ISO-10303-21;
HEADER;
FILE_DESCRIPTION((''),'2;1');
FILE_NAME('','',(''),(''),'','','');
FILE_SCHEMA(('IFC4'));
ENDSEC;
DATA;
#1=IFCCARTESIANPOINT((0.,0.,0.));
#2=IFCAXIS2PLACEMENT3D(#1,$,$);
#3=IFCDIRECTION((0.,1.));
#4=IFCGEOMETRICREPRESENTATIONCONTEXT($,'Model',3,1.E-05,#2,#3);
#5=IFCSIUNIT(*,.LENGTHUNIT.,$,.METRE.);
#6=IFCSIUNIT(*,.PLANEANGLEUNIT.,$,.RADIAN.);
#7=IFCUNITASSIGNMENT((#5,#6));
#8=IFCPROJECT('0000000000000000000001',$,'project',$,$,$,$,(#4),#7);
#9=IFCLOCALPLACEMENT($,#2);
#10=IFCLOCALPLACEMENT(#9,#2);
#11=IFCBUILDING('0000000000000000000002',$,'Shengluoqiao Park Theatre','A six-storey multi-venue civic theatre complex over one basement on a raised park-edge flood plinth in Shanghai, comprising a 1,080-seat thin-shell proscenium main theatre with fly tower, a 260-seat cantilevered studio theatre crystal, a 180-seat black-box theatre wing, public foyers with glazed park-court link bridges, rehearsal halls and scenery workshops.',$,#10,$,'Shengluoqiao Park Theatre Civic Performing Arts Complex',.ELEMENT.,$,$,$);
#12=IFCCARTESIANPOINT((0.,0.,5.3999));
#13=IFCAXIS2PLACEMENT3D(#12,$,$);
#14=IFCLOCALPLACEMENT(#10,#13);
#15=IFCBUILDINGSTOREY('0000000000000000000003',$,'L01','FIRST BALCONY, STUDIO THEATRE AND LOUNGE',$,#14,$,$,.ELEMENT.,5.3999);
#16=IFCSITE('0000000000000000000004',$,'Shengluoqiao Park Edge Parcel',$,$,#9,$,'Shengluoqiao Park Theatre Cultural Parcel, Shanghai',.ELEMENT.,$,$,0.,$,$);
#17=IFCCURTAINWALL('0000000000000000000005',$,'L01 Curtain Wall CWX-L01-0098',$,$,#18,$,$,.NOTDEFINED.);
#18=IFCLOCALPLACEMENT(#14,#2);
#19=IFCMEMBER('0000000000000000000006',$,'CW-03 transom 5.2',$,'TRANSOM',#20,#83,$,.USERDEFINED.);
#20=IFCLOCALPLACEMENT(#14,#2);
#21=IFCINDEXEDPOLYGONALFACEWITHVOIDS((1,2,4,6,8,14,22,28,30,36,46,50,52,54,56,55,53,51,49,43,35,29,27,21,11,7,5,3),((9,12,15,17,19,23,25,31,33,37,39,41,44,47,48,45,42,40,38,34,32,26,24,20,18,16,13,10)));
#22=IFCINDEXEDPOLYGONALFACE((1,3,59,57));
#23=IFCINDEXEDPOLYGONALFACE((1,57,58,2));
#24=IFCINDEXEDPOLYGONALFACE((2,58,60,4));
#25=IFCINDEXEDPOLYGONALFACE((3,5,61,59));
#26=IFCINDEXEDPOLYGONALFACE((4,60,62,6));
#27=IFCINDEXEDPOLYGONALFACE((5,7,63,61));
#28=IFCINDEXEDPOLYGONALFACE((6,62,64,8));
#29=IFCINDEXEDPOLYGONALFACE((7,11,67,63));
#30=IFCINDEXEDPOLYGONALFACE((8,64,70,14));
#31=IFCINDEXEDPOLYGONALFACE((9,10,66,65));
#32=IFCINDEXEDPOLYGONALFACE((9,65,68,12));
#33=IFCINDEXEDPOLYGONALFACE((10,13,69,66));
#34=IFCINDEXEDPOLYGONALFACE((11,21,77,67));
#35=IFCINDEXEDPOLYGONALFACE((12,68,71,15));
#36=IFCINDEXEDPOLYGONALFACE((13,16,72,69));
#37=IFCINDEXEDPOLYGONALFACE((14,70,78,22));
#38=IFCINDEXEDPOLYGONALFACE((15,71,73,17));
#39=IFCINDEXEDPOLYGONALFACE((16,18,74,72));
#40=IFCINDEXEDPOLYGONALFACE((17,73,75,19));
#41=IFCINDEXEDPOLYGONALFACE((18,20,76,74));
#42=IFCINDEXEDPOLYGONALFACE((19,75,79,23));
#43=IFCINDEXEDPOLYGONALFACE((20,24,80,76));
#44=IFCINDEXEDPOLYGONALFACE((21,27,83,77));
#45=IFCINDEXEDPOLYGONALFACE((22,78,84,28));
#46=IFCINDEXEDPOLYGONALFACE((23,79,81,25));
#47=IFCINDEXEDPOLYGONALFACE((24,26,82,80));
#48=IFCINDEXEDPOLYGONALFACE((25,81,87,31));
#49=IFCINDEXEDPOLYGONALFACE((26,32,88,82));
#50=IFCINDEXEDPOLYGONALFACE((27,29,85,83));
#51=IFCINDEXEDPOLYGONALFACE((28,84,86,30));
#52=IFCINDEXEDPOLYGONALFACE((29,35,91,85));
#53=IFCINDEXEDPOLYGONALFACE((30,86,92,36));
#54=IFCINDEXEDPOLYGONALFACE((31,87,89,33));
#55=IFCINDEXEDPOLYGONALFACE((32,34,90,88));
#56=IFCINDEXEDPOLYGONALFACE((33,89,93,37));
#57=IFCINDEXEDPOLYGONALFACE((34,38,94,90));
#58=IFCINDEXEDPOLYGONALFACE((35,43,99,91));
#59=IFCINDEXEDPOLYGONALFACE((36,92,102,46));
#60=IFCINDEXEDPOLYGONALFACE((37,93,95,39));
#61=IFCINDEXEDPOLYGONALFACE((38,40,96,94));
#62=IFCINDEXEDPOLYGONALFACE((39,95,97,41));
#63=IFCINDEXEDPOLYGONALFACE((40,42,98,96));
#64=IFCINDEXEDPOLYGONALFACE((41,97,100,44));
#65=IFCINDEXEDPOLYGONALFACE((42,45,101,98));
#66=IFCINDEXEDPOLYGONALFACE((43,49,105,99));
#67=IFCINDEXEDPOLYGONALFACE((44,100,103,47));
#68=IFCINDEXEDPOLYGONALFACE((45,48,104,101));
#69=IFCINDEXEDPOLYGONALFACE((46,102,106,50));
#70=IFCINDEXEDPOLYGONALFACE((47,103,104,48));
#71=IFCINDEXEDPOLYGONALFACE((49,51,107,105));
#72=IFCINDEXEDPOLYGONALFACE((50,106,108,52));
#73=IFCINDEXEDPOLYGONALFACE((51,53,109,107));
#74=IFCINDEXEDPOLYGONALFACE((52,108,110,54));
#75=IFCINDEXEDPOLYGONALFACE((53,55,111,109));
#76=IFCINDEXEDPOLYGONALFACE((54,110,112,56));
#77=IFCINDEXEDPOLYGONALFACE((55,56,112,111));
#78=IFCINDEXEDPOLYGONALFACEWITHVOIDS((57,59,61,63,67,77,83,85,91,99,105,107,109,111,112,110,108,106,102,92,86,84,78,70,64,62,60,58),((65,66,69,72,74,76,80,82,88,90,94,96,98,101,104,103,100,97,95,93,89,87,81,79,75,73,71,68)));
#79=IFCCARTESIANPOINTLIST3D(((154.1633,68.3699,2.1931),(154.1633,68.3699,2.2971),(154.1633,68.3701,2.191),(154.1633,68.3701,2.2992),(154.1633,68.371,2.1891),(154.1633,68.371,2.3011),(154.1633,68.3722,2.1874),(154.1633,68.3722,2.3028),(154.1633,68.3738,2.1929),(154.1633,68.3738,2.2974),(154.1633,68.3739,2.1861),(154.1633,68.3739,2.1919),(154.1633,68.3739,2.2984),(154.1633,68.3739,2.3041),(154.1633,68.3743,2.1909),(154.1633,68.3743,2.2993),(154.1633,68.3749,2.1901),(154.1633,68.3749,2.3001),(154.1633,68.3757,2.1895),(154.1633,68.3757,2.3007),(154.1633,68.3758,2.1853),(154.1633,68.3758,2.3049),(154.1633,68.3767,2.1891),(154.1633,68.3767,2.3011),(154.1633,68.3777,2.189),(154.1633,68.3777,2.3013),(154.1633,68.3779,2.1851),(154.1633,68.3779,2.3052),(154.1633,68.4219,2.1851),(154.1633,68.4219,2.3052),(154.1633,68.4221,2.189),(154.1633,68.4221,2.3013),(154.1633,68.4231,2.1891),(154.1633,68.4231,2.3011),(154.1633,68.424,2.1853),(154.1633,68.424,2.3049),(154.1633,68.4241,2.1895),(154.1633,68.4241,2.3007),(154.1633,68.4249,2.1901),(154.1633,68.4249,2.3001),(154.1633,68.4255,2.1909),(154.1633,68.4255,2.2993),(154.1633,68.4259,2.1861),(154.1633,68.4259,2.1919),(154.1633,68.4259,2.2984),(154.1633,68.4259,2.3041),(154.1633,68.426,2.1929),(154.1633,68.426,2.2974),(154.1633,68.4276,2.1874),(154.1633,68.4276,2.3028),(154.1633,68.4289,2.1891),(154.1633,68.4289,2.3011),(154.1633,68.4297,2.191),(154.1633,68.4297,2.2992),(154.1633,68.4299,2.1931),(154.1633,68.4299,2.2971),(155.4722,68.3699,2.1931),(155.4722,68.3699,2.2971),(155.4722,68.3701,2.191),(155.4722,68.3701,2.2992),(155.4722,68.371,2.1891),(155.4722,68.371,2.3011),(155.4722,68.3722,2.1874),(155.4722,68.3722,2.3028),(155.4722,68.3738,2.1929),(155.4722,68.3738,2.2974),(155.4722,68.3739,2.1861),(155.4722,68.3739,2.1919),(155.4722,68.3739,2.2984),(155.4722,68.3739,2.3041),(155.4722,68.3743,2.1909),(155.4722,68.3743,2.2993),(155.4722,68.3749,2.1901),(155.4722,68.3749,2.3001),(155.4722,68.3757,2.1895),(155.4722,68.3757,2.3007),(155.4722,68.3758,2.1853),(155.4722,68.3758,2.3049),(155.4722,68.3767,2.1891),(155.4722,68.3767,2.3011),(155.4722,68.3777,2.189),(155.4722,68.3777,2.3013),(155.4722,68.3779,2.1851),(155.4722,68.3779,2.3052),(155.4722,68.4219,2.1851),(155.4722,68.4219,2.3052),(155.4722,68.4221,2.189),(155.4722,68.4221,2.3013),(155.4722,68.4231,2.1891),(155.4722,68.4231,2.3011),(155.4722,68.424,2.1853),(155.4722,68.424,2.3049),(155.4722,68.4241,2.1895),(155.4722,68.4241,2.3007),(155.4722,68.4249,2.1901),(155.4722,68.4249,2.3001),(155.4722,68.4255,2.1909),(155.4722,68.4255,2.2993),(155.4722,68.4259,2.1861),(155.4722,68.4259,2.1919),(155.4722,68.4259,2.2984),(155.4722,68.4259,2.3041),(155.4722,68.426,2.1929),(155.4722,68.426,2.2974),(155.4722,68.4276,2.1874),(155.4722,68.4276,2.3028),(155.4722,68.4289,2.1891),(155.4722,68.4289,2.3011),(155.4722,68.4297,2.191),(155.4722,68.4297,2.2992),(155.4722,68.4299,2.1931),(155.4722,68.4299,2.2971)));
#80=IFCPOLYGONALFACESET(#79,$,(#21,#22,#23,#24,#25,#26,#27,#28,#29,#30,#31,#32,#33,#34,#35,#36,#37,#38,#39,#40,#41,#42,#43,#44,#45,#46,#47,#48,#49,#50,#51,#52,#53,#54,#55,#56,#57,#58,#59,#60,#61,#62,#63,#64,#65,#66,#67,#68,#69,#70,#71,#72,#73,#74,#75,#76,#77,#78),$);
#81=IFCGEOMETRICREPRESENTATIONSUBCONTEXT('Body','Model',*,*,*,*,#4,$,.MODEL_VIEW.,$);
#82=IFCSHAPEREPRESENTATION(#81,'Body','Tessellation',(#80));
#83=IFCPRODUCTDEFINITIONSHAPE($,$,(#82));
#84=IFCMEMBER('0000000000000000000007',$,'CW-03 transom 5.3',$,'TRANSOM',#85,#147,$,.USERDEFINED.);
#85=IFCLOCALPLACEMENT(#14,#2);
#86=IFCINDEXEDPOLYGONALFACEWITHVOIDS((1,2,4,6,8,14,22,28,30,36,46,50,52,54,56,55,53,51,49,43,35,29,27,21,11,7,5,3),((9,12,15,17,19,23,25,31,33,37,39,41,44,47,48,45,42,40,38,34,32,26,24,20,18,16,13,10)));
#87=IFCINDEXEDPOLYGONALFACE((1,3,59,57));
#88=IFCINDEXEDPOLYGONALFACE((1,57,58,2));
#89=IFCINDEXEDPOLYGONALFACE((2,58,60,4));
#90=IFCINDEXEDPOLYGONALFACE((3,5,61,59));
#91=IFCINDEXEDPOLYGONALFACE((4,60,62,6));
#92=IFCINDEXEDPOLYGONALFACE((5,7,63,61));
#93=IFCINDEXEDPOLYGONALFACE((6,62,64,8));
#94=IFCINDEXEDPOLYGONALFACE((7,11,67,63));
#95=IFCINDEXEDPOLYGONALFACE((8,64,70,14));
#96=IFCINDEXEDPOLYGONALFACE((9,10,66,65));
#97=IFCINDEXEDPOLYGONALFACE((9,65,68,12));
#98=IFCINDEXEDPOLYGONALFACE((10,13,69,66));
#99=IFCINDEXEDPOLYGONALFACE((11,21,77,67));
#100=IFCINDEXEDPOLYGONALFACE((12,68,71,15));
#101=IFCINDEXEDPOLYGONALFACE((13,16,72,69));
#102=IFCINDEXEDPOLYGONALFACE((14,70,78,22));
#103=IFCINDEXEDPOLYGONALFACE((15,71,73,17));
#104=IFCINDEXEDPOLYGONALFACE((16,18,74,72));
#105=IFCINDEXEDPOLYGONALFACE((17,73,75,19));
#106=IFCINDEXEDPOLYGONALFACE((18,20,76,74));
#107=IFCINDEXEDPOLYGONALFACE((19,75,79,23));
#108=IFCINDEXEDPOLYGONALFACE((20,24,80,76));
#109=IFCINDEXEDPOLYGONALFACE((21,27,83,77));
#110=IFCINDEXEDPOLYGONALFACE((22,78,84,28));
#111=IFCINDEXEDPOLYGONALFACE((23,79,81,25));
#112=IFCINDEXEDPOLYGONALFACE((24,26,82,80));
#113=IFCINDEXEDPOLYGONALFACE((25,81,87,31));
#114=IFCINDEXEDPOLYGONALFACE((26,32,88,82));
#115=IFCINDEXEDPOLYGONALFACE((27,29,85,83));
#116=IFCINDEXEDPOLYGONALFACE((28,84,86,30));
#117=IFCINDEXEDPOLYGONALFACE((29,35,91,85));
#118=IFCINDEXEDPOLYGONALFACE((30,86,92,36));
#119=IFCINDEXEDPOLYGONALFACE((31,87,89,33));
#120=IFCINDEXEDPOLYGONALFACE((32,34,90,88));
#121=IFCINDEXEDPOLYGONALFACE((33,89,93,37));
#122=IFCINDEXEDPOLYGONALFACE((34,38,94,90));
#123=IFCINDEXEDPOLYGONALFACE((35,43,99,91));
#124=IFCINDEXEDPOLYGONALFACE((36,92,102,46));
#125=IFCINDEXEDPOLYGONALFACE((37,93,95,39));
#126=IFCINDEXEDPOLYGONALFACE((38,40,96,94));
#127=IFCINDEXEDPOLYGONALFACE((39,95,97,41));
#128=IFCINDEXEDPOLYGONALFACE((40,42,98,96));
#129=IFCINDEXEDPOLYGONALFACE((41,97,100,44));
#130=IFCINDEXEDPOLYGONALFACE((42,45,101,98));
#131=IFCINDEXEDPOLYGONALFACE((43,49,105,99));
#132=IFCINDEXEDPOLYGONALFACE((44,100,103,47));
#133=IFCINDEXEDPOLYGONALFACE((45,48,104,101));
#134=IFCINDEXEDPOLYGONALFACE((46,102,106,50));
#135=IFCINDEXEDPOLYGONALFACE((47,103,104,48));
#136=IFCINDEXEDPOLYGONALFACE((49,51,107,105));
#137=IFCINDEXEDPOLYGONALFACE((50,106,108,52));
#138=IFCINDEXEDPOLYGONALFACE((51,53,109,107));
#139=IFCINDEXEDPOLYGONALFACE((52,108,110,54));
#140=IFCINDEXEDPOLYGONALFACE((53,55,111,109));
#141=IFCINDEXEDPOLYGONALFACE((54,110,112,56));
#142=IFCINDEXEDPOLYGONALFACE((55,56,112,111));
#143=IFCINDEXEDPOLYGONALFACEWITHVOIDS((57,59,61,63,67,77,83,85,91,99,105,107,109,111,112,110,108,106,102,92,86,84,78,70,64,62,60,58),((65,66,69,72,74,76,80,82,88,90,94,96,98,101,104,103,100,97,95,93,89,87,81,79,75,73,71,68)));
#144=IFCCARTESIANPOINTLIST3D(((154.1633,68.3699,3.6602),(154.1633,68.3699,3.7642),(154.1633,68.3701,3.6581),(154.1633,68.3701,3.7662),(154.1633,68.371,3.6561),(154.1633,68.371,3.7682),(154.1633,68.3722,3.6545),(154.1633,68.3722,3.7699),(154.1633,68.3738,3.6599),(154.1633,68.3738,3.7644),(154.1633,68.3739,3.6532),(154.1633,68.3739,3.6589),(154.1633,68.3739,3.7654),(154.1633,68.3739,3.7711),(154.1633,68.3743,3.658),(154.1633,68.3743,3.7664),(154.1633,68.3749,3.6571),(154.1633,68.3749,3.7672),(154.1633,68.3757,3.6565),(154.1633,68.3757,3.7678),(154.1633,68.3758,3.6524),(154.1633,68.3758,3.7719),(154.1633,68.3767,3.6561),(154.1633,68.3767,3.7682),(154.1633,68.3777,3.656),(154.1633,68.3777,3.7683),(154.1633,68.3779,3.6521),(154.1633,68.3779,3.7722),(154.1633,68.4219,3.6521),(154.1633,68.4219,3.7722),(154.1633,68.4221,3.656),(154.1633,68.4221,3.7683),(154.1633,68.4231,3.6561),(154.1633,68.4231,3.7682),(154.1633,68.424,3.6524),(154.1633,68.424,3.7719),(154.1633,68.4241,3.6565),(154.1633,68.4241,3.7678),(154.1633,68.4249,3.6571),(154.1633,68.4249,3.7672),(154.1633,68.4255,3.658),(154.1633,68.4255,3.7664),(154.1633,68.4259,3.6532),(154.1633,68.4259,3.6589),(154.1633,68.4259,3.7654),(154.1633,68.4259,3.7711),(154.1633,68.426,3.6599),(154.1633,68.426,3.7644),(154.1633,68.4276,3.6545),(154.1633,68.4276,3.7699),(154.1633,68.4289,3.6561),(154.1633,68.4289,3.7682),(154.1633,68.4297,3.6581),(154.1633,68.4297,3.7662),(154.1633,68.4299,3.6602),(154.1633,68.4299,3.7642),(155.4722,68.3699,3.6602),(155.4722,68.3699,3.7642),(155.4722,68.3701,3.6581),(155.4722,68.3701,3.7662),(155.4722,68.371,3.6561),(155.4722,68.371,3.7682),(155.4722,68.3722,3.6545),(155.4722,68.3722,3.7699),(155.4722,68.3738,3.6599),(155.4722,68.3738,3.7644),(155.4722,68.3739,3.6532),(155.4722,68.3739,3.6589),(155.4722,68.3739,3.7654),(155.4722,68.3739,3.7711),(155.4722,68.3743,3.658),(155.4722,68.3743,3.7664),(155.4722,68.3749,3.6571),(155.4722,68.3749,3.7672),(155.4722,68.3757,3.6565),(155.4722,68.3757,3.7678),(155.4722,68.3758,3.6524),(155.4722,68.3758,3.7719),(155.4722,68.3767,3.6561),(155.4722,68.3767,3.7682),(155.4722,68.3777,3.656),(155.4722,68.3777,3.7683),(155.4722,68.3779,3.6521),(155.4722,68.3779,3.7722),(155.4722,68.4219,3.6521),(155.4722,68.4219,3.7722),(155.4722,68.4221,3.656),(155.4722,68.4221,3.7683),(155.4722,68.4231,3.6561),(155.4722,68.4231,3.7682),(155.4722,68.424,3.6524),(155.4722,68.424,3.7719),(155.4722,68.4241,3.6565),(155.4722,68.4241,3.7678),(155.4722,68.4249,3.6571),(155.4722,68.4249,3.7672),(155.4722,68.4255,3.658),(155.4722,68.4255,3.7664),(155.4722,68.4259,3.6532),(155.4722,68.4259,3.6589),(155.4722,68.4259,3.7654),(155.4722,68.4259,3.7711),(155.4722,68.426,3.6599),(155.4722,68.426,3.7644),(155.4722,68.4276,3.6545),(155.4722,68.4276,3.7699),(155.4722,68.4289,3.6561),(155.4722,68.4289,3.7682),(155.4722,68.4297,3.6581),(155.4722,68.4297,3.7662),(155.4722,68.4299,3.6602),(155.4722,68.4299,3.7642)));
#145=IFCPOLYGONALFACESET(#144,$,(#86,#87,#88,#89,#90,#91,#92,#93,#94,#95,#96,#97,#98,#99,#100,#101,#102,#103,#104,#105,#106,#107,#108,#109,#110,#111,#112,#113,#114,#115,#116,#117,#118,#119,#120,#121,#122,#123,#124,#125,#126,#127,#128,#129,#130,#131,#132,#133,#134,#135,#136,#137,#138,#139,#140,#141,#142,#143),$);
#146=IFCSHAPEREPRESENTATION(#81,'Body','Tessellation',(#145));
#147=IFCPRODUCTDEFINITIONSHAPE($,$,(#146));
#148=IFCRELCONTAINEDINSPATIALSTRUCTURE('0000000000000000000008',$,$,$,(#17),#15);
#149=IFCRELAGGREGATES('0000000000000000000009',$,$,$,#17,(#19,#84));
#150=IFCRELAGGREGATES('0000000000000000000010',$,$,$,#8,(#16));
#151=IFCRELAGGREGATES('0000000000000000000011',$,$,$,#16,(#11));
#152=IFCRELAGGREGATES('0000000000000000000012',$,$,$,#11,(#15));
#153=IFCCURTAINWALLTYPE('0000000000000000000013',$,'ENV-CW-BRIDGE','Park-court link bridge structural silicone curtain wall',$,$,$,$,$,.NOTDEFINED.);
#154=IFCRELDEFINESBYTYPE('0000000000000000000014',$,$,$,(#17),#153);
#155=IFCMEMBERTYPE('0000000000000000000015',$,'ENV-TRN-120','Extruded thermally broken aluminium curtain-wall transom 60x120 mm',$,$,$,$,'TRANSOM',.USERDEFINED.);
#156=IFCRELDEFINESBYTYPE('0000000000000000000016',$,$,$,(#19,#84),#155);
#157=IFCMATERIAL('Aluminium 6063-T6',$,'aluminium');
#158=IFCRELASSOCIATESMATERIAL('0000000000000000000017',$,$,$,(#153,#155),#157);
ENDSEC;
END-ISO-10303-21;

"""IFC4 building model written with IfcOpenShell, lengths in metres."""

from ifc_helpers import new_model, si_unit, direction, frame, origin, origin_2d, place, context, subcontext, project, spatial, hollow_rectangle, extrude, material, material_profile, profile_set, type_object, element, aggregate, save


model = new_model("IFC4")

# Units and contexts
model_context = context("Model", 3, precision=1e-05, world=origin(), true_north=direction((0.0, 1.0)))
body_context = subcontext(model_context, "Body", "Model", "MODEL_VIEW")
ifc_project = project(units=[si_unit("LENGTHUNIT", "METRE"), si_unit("PLANEANGLEUNIT", "RADIAN")], contexts=[model_context])

# Site, building, storey
site_placement = place(None, origin())
site = spatial("IfcSite", under=ifc_project, at=site_placement, Name="Shengluoqiao Park Edge Parcel", LongName="Shengluoqiao Park Theatre Cultural Parcel, Shanghai", CompositionType="ELEMENT", RefElevation=0.0)
building_placement = place(site_placement, origin())
building = spatial("IfcBuilding", under=site, at=building_placement, Name="Shengluoqiao Park Theatre", Description="A six-storey multi-venue civic theatre complex over one basement on a raised park-edge flood plinth in Shanghai, comprising a 1,080-seat thin-shell proscenium main theatre with fly tower, a 260-seat cantilevered studio theatre crystal, a 180-seat black-box theatre wing, public foyers with glazed park-court link bridges, rehearsal halls and scenery workshops.", LongName="Shengluoqiao Park Theatre Civic Performing Arts Complex", CompositionType="ELEMENT")
storey_placement = place(building_placement, frame((0.0, 0.0, 5.3999)))
storey = spatial("IfcBuildingStorey", under=building, at=storey_placement, Name="L01", Description="FIRST BALCONY, STUDIO THEATRE AND LOUNGE", CompositionType="ELEMENT", Elevation=5.3999)

# Curtain wall
ifc_material_1 = material(Name="Aluminium 6063-T6", Category="aluminium")
curtain_wall_type_1 = type_object("IfcCurtainWallType", Name="ENV-CW-BRIDGE", Description="Park-court link bridge structural silicone curtain wall", PredefinedType="NOTDEFINED", material=ifc_material_1)
curtain_wall_1_placement = place(storey_placement, origin())
curtain_wall_1 = element("IfcCurtainWall", 1, at=curtain_wall_1_placement, inside=storey, type_object=curtain_wall_type_1, Name="L01 Curtain Wall CWX-L01-0098", PredefinedType="NOTDEFINED")

# Members
ifc_material_profile_1 = material_profile(ifc_material_1, hollow_rectangle(XDim=0.0601, YDim=0.1201, WallThickness=0.0039, InnerFilletRadius=0.0039, OuterFilletRadius=0.0081, at=origin_2d()), Name="ALU TRANSOM 120x60x4")
ifc_profile_set_1 = profile_set([ifc_material_profile_1], Name="Aluminium 6063-T6")
member_type_1 = type_object("IfcMemberType", Name="ENV-TRN-120", Description="Extruded thermally broken aluminium curtain-wall transom 60x120 mm", ElementType="TRANSOM", PredefinedType="USERDEFINED", material=ifc_profile_set_1)
member_1_placement = place(storey_placement, frame((154.1633, 68.3999, 2.2451), z_axis=(1.0, 0.0, 0.0), x_axis=(0.0, 1.0, 0.0)))
member_1 = element("IfcMember", 2, at=member_1_placement, type_object=member_type_1, Name="CW-03 transom 5.2", ObjectType="TRANSOM", PredefinedType="USERDEFINED", context=body_context, shape_type="SweptSolid", body=[
    extrude(hollow_rectangle(XDim=0.0601, YDim=0.1201, WallThickness=0.0039, InnerFilletRadius=0.0039, OuterFilletRadius=0.0081, at=origin_2d()), origin(), (0.0, 0.0, 1.0), 1.3088),
])
member_2_placement = place(storey_placement, frame((154.1633, 68.3999, 3.7122), z_axis=(1.0, 0.0, 0.0), x_axis=(0.0, 1.0, 0.0)))
member_2 = element("IfcMember", 3, at=member_2_placement, type_object=member_type_1, Name="CW-03 transom 5.3", ObjectType="TRANSOM", PredefinedType="USERDEFINED", context=body_context, shape_type="SweptSolid", body=[
    extrude(hollow_rectangle(XDim=0.0601, YDim=0.1201, WallThickness=0.0039, InnerFilletRadius=0.0039, OuterFilletRadius=0.0081, at=origin_2d()), origin(), (0.0, 0.0, 1.0), 1.3088),
])

aggregate(curtain_wall_1, [member_1, member_2])

save(model, "model.ifc")
